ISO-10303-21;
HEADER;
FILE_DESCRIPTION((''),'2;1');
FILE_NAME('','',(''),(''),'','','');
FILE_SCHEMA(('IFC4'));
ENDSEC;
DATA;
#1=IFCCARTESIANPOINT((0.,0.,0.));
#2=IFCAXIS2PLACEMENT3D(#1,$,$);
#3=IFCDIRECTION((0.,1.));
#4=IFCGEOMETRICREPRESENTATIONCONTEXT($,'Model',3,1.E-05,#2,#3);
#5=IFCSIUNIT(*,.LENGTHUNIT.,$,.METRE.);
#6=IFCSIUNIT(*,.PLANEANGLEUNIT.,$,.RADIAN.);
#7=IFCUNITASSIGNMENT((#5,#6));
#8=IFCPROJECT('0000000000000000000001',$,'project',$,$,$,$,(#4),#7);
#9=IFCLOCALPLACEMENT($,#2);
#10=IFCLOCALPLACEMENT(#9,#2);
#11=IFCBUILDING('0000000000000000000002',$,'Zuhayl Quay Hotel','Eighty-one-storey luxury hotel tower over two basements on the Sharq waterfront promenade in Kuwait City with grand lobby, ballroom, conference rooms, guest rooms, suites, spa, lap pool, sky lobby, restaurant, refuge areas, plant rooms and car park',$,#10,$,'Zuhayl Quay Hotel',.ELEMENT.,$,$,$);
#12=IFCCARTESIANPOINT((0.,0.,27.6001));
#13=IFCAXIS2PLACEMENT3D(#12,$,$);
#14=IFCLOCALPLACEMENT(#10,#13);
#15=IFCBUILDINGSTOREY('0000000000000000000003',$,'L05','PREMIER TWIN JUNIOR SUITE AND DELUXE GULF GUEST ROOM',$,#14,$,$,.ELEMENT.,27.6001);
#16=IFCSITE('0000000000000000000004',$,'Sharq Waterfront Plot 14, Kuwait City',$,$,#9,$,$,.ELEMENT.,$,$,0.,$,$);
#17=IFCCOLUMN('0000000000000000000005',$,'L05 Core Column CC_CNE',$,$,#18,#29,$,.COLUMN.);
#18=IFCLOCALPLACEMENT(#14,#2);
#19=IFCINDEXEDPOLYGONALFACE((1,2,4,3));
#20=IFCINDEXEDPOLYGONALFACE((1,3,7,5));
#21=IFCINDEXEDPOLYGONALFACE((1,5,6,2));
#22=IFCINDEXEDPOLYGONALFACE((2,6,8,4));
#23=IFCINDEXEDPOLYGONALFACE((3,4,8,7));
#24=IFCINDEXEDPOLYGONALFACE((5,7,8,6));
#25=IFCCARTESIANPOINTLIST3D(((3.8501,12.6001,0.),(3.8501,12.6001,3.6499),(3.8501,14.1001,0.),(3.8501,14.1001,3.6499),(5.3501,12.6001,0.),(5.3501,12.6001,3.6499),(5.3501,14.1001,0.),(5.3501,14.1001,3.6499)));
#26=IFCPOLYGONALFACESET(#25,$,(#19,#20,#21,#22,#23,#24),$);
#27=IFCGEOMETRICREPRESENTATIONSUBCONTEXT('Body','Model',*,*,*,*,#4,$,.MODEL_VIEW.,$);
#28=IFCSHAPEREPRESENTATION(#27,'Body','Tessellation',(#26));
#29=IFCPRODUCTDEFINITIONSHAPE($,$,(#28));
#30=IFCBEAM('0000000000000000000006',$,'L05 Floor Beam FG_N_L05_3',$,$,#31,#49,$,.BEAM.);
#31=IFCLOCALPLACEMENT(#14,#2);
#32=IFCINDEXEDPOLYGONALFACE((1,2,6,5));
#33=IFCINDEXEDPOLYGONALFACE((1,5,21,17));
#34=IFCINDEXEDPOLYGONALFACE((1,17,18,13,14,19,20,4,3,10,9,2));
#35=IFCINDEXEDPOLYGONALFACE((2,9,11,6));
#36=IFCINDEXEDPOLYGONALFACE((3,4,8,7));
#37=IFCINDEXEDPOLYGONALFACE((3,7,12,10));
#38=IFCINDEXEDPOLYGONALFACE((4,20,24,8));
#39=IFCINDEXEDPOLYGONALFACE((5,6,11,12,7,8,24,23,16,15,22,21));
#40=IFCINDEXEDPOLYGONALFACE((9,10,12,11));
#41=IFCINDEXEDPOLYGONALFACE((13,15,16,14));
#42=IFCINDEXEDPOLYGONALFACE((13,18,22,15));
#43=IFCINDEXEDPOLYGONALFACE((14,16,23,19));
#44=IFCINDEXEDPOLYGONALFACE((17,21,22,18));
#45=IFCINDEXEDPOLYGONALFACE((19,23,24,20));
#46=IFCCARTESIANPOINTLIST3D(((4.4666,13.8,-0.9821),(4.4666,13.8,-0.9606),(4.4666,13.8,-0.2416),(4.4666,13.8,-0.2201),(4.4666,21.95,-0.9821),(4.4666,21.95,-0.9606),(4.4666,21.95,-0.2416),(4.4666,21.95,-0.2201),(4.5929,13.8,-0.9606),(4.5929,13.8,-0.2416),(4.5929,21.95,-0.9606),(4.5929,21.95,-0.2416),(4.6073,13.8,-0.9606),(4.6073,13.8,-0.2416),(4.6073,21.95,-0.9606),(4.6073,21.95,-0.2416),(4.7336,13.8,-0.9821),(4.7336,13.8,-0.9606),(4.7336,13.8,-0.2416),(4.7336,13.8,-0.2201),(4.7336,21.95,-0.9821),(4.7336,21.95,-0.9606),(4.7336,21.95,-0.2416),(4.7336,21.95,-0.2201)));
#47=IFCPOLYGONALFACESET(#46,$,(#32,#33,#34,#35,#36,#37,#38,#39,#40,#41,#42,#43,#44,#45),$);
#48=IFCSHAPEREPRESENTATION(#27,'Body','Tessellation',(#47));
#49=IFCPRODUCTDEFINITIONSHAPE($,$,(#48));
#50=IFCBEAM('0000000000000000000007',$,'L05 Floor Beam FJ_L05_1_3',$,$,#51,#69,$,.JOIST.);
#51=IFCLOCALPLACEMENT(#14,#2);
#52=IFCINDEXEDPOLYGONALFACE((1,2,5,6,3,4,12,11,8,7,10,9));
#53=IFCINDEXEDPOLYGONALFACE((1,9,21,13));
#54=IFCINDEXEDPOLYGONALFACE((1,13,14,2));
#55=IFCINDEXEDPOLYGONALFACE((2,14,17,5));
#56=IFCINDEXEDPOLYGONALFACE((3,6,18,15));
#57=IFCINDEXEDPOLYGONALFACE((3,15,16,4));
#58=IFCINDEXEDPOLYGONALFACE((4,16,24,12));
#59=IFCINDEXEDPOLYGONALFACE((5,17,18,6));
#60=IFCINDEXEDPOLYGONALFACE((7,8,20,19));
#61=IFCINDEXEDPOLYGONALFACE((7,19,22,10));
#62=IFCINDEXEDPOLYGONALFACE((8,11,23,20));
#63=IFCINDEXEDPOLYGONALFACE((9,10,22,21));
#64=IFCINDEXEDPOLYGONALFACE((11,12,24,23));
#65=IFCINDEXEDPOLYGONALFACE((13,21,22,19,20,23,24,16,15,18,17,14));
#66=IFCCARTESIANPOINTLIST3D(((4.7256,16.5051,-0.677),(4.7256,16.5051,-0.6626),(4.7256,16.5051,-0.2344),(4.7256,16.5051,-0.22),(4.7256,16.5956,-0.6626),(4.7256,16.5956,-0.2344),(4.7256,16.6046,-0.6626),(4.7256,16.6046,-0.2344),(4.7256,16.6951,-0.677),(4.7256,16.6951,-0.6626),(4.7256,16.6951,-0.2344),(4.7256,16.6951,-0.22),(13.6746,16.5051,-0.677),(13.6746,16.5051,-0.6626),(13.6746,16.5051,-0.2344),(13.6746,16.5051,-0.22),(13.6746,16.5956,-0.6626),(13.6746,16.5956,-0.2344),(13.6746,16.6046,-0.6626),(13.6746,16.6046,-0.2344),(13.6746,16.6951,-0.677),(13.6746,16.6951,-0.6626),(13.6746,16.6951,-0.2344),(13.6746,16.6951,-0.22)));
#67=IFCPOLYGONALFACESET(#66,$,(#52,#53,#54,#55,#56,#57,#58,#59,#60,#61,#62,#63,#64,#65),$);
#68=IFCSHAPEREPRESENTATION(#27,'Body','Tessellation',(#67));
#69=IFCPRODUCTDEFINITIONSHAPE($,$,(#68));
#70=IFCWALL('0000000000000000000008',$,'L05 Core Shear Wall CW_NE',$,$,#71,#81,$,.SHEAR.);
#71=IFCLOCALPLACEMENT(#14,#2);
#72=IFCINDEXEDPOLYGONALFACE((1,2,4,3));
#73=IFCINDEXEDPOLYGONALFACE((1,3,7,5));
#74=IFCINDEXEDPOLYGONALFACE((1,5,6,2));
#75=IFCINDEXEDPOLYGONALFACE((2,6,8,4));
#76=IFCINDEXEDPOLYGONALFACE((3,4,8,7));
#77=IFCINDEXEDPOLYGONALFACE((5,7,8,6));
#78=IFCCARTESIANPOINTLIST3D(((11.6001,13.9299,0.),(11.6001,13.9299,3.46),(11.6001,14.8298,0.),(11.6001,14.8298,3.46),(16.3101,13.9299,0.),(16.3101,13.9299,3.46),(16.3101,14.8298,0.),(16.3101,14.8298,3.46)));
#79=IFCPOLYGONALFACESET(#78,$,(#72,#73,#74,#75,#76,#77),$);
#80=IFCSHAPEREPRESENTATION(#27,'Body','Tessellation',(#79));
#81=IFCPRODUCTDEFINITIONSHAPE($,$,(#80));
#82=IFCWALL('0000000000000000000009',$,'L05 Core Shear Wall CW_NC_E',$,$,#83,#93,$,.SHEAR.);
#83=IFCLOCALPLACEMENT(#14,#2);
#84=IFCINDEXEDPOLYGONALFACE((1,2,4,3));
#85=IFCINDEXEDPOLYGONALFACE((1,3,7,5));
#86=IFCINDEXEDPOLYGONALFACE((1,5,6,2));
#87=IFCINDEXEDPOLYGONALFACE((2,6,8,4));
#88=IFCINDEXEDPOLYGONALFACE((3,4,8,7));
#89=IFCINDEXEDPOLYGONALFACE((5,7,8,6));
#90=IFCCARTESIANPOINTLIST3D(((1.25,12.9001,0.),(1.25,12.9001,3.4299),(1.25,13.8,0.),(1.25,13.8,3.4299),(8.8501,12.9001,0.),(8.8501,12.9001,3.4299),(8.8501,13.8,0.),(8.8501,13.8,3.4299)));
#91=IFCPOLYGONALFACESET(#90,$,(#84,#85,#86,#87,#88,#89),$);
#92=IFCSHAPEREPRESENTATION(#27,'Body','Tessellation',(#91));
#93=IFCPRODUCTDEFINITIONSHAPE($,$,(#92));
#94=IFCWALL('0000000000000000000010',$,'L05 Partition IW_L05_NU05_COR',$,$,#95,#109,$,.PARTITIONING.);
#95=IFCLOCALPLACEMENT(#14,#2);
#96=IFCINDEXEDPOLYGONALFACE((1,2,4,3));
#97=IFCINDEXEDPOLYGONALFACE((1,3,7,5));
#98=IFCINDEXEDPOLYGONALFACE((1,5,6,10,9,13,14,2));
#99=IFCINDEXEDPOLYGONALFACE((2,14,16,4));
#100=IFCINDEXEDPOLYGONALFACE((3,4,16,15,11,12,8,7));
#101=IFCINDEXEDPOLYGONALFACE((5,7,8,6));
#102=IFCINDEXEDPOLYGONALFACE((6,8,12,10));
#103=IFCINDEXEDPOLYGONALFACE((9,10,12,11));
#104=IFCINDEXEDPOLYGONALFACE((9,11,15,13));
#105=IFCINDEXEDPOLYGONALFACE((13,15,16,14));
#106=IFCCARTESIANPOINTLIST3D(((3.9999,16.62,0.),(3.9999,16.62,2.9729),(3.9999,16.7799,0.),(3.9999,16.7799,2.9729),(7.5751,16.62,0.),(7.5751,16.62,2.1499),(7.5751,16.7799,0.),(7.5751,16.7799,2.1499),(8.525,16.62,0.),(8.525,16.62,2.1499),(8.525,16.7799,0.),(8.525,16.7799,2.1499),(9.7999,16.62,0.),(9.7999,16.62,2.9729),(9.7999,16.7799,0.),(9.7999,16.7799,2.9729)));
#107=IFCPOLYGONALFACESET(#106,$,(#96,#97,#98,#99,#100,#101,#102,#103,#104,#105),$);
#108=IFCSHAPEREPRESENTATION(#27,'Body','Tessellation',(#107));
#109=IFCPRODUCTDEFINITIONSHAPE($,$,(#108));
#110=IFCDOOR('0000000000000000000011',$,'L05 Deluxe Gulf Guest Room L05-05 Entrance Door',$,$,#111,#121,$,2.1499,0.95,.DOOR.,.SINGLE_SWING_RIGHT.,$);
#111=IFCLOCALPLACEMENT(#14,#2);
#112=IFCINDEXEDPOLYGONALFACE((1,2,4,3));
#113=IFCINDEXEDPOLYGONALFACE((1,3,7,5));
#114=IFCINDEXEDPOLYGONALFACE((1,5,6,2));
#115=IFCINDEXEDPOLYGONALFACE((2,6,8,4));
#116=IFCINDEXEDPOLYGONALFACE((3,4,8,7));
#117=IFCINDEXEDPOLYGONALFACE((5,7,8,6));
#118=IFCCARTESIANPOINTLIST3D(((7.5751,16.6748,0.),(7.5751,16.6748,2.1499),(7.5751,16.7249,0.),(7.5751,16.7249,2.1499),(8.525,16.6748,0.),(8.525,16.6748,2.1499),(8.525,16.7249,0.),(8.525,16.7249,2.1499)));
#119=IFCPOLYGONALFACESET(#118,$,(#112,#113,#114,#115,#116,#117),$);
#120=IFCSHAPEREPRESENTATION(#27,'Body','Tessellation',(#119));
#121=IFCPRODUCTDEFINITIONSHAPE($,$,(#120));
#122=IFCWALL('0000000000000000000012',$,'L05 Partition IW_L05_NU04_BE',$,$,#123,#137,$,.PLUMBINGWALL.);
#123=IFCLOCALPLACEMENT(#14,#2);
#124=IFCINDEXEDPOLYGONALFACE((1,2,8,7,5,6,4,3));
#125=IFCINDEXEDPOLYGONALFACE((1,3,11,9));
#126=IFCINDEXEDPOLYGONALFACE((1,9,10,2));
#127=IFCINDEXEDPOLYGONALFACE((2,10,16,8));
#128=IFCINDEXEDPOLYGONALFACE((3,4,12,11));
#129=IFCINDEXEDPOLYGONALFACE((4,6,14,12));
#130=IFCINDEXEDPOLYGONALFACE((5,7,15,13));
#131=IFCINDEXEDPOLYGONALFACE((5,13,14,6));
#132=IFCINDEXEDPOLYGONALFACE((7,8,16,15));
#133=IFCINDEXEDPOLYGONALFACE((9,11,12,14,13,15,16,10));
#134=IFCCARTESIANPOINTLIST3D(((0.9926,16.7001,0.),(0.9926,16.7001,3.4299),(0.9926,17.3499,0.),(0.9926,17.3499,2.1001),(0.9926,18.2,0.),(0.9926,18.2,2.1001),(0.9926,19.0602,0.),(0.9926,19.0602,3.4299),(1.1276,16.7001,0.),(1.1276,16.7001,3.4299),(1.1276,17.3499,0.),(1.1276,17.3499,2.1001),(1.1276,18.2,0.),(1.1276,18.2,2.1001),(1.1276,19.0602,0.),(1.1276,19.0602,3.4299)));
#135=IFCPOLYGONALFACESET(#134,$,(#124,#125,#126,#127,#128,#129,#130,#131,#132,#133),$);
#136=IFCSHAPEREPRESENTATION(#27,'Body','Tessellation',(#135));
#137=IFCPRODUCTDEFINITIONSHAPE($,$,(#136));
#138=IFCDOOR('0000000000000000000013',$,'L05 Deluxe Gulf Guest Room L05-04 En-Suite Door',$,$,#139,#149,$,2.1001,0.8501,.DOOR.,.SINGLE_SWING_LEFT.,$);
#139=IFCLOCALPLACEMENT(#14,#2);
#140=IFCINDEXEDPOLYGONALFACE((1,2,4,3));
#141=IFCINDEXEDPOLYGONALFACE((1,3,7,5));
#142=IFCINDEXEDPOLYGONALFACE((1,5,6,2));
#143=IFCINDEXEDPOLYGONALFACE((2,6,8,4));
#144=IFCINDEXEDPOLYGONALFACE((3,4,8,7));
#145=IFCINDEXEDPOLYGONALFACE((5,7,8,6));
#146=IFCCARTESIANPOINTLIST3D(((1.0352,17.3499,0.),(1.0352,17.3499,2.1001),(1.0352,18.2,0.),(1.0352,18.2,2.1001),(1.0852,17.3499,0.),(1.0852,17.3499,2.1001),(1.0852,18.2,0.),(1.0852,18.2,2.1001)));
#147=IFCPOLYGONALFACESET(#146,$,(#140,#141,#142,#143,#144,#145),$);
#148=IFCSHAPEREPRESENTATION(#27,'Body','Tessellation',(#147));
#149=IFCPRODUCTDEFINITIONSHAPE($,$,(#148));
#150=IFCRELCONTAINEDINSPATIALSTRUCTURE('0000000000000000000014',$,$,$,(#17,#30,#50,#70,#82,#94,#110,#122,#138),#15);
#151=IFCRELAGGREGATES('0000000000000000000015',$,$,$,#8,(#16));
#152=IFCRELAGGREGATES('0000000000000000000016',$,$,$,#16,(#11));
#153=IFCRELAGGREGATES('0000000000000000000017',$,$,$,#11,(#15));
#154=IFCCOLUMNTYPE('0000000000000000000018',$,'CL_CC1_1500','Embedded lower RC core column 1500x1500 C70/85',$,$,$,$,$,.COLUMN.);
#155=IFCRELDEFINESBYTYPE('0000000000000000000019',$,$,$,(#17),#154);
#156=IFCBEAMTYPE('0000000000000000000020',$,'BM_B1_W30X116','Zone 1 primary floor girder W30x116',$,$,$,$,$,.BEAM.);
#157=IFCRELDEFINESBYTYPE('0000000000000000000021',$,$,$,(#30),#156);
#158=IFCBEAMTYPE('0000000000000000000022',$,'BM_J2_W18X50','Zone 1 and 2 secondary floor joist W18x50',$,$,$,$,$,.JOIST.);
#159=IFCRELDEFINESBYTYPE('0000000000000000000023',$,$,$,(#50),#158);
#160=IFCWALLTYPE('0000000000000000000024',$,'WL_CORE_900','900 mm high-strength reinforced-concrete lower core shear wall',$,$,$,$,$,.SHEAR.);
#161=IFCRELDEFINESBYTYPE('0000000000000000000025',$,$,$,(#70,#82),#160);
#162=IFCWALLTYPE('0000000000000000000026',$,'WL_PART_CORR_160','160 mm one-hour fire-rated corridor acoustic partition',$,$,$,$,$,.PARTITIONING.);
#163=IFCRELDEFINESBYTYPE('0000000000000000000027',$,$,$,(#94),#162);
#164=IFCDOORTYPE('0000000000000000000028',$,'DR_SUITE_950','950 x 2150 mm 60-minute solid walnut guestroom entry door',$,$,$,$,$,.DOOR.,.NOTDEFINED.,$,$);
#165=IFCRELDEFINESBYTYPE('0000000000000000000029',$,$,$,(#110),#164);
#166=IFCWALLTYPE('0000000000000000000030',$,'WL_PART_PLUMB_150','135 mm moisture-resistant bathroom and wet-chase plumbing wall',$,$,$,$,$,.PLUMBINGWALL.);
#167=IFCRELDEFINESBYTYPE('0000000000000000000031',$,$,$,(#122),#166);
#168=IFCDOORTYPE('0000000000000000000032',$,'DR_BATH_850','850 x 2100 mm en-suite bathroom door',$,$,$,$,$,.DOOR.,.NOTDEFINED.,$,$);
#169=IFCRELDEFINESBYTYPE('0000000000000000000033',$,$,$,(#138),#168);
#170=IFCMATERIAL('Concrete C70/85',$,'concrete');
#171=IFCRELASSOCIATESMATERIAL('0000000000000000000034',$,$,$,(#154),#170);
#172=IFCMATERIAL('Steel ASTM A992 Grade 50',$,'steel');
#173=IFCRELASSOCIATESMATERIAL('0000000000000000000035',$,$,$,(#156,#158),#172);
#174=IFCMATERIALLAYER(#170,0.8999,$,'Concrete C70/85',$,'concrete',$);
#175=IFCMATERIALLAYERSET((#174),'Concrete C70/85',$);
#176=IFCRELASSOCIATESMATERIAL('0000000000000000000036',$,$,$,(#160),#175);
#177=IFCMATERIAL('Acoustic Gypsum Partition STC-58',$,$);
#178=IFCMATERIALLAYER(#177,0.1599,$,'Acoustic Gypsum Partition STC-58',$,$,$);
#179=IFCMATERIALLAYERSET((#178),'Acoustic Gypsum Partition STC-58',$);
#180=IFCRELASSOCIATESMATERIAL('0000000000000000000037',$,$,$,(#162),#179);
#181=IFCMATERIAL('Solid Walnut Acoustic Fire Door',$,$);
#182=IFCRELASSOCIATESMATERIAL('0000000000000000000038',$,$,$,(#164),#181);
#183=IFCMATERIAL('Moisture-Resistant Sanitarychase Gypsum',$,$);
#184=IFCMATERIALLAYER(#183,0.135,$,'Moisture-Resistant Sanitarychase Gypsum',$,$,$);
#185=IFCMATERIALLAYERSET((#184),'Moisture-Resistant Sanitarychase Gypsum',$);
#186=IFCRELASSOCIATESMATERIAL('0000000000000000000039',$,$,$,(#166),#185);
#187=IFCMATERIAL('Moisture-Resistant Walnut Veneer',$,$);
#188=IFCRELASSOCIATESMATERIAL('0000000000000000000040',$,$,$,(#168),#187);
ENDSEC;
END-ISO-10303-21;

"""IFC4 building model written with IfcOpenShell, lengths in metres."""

from ifc_helpers import new_model, si_unit, direction, frame, frame_2d, origin, origin_2d, place, context, subcontext, project, spatial, rectangle, i_section, extrude, material, layer, layer_set, material_profile, profile_set, type_object, element, fill, save


model = new_model("IFC4")

# Units and contexts
model_context = context("Model", 3, precision=1e-05, world=origin(), true_north=direction((0.0, 1.0)))
body_context = subcontext(model_context, "Body", "Model", "MODEL_VIEW")
ifc_project = project(units=[si_unit("LENGTHUNIT", "METRE"), si_unit("PLANEANGLEUNIT", "RADIAN")], contexts=[model_context])

# Site, building, storey
site_placement = place(None, origin())
site = spatial("IfcSite", under=ifc_project, at=site_placement, Name="Sharq Waterfront Plot 14, Kuwait City", CompositionType="ELEMENT", RefElevation=0.0)
building_placement = place(site_placement, origin())
building = spatial("IfcBuilding", under=site, at=building_placement, Name="Zuhayl Quay Hotel", Description="Eighty-one-storey luxury hotel tower over two basements on the Sharq waterfront promenade in Kuwait City with grand lobby, ballroom, conference rooms, guest rooms, suites, spa, lap pool, sky lobby, restaurant, refuge areas, plant rooms and car park", LongName="Zuhayl Quay Hotel", CompositionType="ELEMENT")
storey_placement = place(building_placement, frame((0.0, 0.0, 27.6001)))
storey = spatial("IfcBuildingStorey", under=building, at=storey_placement, Name="L05", Description="PREMIER TWIN JUNIOR SUITE AND DELUXE GULF GUEST ROOM", CompositionType="ELEMENT", Elevation=27.6001)

# Column
ifc_material_1 = material(Name="Concrete C70/85", Category="concrete")
ifc_material_profile_1 = material_profile(ifc_material_1, rectangle(XDim=1.5, YDim=1.5, at=origin_2d()), Name="RC1500X1500")
ifc_profile_set_1 = profile_set([ifc_material_profile_1], Name="Concrete C70/85")
column_type = type_object("IfcColumnType", Name="CL_CC1_1500", Description="Embedded lower RC core column 1500x1500 C70/85", PredefinedType="COLUMN", material=ifc_profile_set_1)
column_placement = place(storey_placement, frame((4.6001, 13.3501, 0.0), z_axis=(0.0, 0.0, 1.0), x_axis=(1.0, 0.0, 0.0)))
element("IfcColumn", 1, at=column_placement, inside=storey, type_object=column_type, Name="L05 Core Column CC_CNE", PredefinedType="COLUMN", context=body_context, shape_type="SweptSolid", body=[
    extrude(rectangle(XDim=1.5, YDim=1.5, at=origin_2d()), origin(), (0.0, 0.0, 1.0), 3.6499),
])

# Beams
ifc_material_2 = material(Name="Steel ASTM A992 Grade 50", Category="steel")
ifc_material_profile_2 = material_profile(ifc_material_2, i_section(OverallWidth=0.2671, OverallDepth=0.762, WebThickness=0.0144, FlangeThickness=0.0215, at=origin_2d()), Name="W30X116")
ifc_profile_set_2 = profile_set([ifc_material_profile_2], Name="Steel ASTM A992 Grade 50")
beam_type_1 = type_object("IfcBeamType", Name="BM_B1_W30X116", Description="Zone 1 primary floor girder W30x116", PredefinedType="BEAM", material=ifc_profile_set_2)
beam_1_placement = place(storey_placement, frame((4.6001, 13.8, -0.6011), z_axis=(0.0, 1.0, 0.0), x_axis=(-1.0, 0.0, 0.0)))
element("IfcBeam", 2, at=beam_1_placement, inside=storey, type_object=beam_type_1, Name="L05 Floor Beam FG_N_L05_3", PredefinedType="BEAM", context=body_context, shape_type="SweptSolid", body=[
    extrude(i_section(OverallWidth=0.2671, OverallDepth=0.762, WebThickness=0.0144, FlangeThickness=0.0215, at=origin_2d()), origin(), (0.0, 0.0, 1.0), 8.1499),
])
ifc_material_profile_3 = material_profile(ifc_material_2, i_section(OverallWidth=0.1899, OverallDepth=0.457, WebThickness=0.009, FlangeThickness=0.0144, at=origin_2d()), Name="W18X50")
ifc_profile_set_3 = profile_set([ifc_material_profile_3], Name="Steel ASTM A992 Grade 50")
beam_type_2 = type_object("IfcBeamType", Name="BM_J2_W18X50", Description="Zone 1 and 2 secondary floor joist W18x50", PredefinedType="JOIST", material=ifc_profile_set_3)
beam_2_placement = place(storey_placement, frame((4.7256, 16.6001, -0.4485), z_axis=(1.0, 0.0, 0.0), x_axis=(0.0, 1.0, 0.0)))
element("IfcBeam", 3, at=beam_2_placement, inside=storey, type_object=beam_type_2, Name="L05 Floor Beam FJ_L05_1_3", PredefinedType="JOIST", context=body_context, shape_type="SweptSolid", body=[
    extrude(i_section(OverallWidth=0.1899, OverallDepth=0.457, WebThickness=0.009, FlangeThickness=0.0144, at=origin_2d()), origin(), (0.0, 0.0, 1.0), 8.949),
])

# Walls
ifc_layer_1 = layer(ifc_material_1, 0.8999, Name="Concrete C70/85", Category="concrete")
ifc_layer_set_1 = layer_set([ifc_layer_1], Name="Concrete C70/85")
wall_type_1 = type_object("IfcWallType", Name="WL_CORE_900", Description="900 mm high-strength reinforced-concrete lower core shear wall", PredefinedType="SHEAR", material=ifc_layer_set_1)
wall_1_placement = place(storey_placement, frame((11.6001, 14.3799, 0.0), z_axis=(0.0, 0.0, 1.0), x_axis=(1.0, 0.0, 0.0)))
element("IfcWall", 4, at=wall_1_placement, inside=storey, type_object=wall_type_1, Name="L05 Core Shear Wall CW_NE", PredefinedType="SHEAR", context=body_context, shape_type="SweptSolid", body=[
    extrude(rectangle(XDim=4.71, YDim=0.8999, at=frame_2d((2.355, 0.0))), origin(), (0.0, 0.0, 1.0), 3.46),
])
wall_2_placement = place(storey_placement, frame((1.25, 13.3501, 0.0), z_axis=(0.0, 0.0, 1.0), x_axis=(1.0, 0.0, 0.0)))
element("IfcWall", 5, at=wall_2_placement, inside=storey, type_object=wall_type_1, Name="L05 Core Shear Wall CW_NC_E", PredefinedType="SHEAR", context=body_context, shape_type="SweptSolid", body=[
    extrude(rectangle(XDim=7.6001, YDim=0.8999, at=frame_2d((3.8, 0.0))), origin(), (0.0, 0.0, 1.0), 3.4299),
])

# Walls, openings, doors
ifc_material_3 = material(Name="Acoustic Gypsum Partition STC-58")
ifc_layer_2 = layer(ifc_material_3, 0.1599, Name="Acoustic Gypsum Partition STC-58")
ifc_layer_set_2 = layer_set([ifc_layer_2], Name="Acoustic Gypsum Partition STC-58")
wall_type_2 = type_object("IfcWallType", Name="WL_PART_CORR_160", Description="160 mm one-hour fire-rated corridor acoustic partition", PredefinedType="PARTITIONING", material=ifc_layer_set_2)
wall_3_placement = place(storey_placement, frame((4.0, 16.7, 0.0), z_axis=(0.0, 0.0, 1.0), x_axis=(1.0, 0.0, 0.0)))
wall_3 = element("IfcWall", 6, at=wall_3_placement, inside=storey, type_object=wall_type_2, Name="L05 Partition IW_L05_NU05_COR", PredefinedType="PARTITIONING", context=body_context, shape_type="SweptSolid", body=[
    extrude(rectangle(XDim=5.8, YDim=0.1599, at=frame_2d((2.8999, 0.0))), origin(), (0.0, 0.0, 1.0), 2.9729),
])
opening_1_placement = place(wall_3_placement, frame((3.575, 0.0, 0.0)))
opening_1 = element("IfcOpeningElement", 7, at=opening_1_placement, cuts=wall_3, PredefinedType="OPENING", context=body_context, shape_type="SweptSolid", body=[
    extrude(rectangle(XDim=0.95, YDim=2.1499, at=frame_2d((0.4751, 1.075))), frame((0.0, 0.0898, 0.0), z_axis=(0.0, -1.0, 0.0), x_axis=(1.0, 0.0, 0.0)), (0.0, 0.0, 1.0), 0.1799),
])
ifc_material_4 = material(Name="Solid Walnut Acoustic Fire Door")
door_type_1 = type_object("IfcDoorType", Name="DR_SUITE_950", Description="950 x 2150 mm 60-minute solid walnut guestroom entry door", OperationType="NOTDEFINED", PredefinedType="DOOR", material=ifc_material_4)
door_1_placement = place(opening_1_placement, origin())
door_1 = element("IfcDoor", 8, at=door_1_placement, inside=storey, type_object=door_type_1, Name="L05 Deluxe Gulf Guest Room L05-05 Entrance Door", OperationType="SINGLE_SWING_RIGHT", OverallHeight=2.1499, OverallWidth=0.95, PredefinedType="DOOR", context=body_context, shape_type="SweptSolid", body=[
    extrude(rectangle(XDim=0.95, YDim=2.1499, at=frame_2d((0.4751, 1.075))), frame((0.0, 0.0249, 0.0), z_axis=(0.0, -1.0, 0.0), x_axis=(1.0, 0.0, 0.0)), (0.0, 0.0, 1.0), 0.05),
])
fill(opening_1, door_1)
ifc_material_5 = material(Name="Moisture-Resistant Sanitarychase Gypsum")
ifc_layer_3 = layer(ifc_material_5, 0.135, Name="Moisture-Resistant Sanitarychase Gypsum")
ifc_layer_set_3 = layer_set([ifc_layer_3], Name="Moisture-Resistant Sanitarychase Gypsum")
wall_type_3 = type_object("IfcWallType", Name="WL_PART_PLUMB_150", Description="135 mm moisture-resistant bathroom and wet-chase plumbing wall", PredefinedType="PLUMBINGWALL", material=ifc_layer_set_3)
wall_4_placement = place(storey_placement, frame((1.0601, 16.7, 0.0), z_axis=(0.0, 0.0, 1.0), x_axis=(0.0, 1.0, 0.0)))
wall_4 = element("IfcWall", 9, at=wall_4_placement, inside=storey, type_object=wall_type_3, Name="L05 Partition IW_L05_NU04_BE", PredefinedType="PLUMBINGWALL", context=body_context, shape_type="SweptSolid", body=[
    extrude(rectangle(XDim=2.3601, YDim=0.135, at=frame_2d((1.1802, 0.0))), origin(), (0.0, 0.0, 1.0), 3.4299),
])
opening_2_placement = place(wall_4_placement, frame((0.6499, 0.0, 0.0)))
opening_2 = element("IfcOpeningElement", 10, at=opening_2_placement, cuts=wall_4, PredefinedType="OPENING", context=body_context, shape_type="SweptSolid", body=[
    extrude(rectangle(XDim=0.8501, YDim=2.1001, at=frame_2d((0.425, 1.05))), frame((0.0, 0.0774, 0.0), z_axis=(0.0, -1.0, 0.0), x_axis=(1.0, 0.0, 0.0)), (0.0, 0.0, 1.0), 0.155),
])
ifc_material_6 = material(Name="Moisture-Resistant Walnut Veneer")
door_type_2 = type_object("IfcDoorType", Name="DR_BATH_850", Description="850 x 2100 mm en-suite bathroom door", OperationType="NOTDEFINED", PredefinedType="DOOR", material=ifc_material_6)
door_2_placement = place(opening_2_placement, origin())
door_2 = element("IfcDoor", 11, at=door_2_placement, inside=storey, type_object=door_type_2, Name="L05 Deluxe Gulf Guest Room L05-04 En-Suite Door", OperationType="SINGLE_SWING_LEFT", OverallHeight=2.1001, OverallWidth=0.8501, PredefinedType="DOOR", context=body_context, shape_type="SweptSolid", body=[
    extrude(rectangle(XDim=0.8501, YDim=2.1001, at=frame_2d((0.425, 1.05))), frame((0.0, 0.0249, 0.0), z_axis=(0.0, -1.0, 0.0), x_axis=(1.0, 0.0, 0.0)), (0.0, 0.0, 1.0), 0.05),
])
fill(opening_2, door_2)

save(model, "model.ifc")
